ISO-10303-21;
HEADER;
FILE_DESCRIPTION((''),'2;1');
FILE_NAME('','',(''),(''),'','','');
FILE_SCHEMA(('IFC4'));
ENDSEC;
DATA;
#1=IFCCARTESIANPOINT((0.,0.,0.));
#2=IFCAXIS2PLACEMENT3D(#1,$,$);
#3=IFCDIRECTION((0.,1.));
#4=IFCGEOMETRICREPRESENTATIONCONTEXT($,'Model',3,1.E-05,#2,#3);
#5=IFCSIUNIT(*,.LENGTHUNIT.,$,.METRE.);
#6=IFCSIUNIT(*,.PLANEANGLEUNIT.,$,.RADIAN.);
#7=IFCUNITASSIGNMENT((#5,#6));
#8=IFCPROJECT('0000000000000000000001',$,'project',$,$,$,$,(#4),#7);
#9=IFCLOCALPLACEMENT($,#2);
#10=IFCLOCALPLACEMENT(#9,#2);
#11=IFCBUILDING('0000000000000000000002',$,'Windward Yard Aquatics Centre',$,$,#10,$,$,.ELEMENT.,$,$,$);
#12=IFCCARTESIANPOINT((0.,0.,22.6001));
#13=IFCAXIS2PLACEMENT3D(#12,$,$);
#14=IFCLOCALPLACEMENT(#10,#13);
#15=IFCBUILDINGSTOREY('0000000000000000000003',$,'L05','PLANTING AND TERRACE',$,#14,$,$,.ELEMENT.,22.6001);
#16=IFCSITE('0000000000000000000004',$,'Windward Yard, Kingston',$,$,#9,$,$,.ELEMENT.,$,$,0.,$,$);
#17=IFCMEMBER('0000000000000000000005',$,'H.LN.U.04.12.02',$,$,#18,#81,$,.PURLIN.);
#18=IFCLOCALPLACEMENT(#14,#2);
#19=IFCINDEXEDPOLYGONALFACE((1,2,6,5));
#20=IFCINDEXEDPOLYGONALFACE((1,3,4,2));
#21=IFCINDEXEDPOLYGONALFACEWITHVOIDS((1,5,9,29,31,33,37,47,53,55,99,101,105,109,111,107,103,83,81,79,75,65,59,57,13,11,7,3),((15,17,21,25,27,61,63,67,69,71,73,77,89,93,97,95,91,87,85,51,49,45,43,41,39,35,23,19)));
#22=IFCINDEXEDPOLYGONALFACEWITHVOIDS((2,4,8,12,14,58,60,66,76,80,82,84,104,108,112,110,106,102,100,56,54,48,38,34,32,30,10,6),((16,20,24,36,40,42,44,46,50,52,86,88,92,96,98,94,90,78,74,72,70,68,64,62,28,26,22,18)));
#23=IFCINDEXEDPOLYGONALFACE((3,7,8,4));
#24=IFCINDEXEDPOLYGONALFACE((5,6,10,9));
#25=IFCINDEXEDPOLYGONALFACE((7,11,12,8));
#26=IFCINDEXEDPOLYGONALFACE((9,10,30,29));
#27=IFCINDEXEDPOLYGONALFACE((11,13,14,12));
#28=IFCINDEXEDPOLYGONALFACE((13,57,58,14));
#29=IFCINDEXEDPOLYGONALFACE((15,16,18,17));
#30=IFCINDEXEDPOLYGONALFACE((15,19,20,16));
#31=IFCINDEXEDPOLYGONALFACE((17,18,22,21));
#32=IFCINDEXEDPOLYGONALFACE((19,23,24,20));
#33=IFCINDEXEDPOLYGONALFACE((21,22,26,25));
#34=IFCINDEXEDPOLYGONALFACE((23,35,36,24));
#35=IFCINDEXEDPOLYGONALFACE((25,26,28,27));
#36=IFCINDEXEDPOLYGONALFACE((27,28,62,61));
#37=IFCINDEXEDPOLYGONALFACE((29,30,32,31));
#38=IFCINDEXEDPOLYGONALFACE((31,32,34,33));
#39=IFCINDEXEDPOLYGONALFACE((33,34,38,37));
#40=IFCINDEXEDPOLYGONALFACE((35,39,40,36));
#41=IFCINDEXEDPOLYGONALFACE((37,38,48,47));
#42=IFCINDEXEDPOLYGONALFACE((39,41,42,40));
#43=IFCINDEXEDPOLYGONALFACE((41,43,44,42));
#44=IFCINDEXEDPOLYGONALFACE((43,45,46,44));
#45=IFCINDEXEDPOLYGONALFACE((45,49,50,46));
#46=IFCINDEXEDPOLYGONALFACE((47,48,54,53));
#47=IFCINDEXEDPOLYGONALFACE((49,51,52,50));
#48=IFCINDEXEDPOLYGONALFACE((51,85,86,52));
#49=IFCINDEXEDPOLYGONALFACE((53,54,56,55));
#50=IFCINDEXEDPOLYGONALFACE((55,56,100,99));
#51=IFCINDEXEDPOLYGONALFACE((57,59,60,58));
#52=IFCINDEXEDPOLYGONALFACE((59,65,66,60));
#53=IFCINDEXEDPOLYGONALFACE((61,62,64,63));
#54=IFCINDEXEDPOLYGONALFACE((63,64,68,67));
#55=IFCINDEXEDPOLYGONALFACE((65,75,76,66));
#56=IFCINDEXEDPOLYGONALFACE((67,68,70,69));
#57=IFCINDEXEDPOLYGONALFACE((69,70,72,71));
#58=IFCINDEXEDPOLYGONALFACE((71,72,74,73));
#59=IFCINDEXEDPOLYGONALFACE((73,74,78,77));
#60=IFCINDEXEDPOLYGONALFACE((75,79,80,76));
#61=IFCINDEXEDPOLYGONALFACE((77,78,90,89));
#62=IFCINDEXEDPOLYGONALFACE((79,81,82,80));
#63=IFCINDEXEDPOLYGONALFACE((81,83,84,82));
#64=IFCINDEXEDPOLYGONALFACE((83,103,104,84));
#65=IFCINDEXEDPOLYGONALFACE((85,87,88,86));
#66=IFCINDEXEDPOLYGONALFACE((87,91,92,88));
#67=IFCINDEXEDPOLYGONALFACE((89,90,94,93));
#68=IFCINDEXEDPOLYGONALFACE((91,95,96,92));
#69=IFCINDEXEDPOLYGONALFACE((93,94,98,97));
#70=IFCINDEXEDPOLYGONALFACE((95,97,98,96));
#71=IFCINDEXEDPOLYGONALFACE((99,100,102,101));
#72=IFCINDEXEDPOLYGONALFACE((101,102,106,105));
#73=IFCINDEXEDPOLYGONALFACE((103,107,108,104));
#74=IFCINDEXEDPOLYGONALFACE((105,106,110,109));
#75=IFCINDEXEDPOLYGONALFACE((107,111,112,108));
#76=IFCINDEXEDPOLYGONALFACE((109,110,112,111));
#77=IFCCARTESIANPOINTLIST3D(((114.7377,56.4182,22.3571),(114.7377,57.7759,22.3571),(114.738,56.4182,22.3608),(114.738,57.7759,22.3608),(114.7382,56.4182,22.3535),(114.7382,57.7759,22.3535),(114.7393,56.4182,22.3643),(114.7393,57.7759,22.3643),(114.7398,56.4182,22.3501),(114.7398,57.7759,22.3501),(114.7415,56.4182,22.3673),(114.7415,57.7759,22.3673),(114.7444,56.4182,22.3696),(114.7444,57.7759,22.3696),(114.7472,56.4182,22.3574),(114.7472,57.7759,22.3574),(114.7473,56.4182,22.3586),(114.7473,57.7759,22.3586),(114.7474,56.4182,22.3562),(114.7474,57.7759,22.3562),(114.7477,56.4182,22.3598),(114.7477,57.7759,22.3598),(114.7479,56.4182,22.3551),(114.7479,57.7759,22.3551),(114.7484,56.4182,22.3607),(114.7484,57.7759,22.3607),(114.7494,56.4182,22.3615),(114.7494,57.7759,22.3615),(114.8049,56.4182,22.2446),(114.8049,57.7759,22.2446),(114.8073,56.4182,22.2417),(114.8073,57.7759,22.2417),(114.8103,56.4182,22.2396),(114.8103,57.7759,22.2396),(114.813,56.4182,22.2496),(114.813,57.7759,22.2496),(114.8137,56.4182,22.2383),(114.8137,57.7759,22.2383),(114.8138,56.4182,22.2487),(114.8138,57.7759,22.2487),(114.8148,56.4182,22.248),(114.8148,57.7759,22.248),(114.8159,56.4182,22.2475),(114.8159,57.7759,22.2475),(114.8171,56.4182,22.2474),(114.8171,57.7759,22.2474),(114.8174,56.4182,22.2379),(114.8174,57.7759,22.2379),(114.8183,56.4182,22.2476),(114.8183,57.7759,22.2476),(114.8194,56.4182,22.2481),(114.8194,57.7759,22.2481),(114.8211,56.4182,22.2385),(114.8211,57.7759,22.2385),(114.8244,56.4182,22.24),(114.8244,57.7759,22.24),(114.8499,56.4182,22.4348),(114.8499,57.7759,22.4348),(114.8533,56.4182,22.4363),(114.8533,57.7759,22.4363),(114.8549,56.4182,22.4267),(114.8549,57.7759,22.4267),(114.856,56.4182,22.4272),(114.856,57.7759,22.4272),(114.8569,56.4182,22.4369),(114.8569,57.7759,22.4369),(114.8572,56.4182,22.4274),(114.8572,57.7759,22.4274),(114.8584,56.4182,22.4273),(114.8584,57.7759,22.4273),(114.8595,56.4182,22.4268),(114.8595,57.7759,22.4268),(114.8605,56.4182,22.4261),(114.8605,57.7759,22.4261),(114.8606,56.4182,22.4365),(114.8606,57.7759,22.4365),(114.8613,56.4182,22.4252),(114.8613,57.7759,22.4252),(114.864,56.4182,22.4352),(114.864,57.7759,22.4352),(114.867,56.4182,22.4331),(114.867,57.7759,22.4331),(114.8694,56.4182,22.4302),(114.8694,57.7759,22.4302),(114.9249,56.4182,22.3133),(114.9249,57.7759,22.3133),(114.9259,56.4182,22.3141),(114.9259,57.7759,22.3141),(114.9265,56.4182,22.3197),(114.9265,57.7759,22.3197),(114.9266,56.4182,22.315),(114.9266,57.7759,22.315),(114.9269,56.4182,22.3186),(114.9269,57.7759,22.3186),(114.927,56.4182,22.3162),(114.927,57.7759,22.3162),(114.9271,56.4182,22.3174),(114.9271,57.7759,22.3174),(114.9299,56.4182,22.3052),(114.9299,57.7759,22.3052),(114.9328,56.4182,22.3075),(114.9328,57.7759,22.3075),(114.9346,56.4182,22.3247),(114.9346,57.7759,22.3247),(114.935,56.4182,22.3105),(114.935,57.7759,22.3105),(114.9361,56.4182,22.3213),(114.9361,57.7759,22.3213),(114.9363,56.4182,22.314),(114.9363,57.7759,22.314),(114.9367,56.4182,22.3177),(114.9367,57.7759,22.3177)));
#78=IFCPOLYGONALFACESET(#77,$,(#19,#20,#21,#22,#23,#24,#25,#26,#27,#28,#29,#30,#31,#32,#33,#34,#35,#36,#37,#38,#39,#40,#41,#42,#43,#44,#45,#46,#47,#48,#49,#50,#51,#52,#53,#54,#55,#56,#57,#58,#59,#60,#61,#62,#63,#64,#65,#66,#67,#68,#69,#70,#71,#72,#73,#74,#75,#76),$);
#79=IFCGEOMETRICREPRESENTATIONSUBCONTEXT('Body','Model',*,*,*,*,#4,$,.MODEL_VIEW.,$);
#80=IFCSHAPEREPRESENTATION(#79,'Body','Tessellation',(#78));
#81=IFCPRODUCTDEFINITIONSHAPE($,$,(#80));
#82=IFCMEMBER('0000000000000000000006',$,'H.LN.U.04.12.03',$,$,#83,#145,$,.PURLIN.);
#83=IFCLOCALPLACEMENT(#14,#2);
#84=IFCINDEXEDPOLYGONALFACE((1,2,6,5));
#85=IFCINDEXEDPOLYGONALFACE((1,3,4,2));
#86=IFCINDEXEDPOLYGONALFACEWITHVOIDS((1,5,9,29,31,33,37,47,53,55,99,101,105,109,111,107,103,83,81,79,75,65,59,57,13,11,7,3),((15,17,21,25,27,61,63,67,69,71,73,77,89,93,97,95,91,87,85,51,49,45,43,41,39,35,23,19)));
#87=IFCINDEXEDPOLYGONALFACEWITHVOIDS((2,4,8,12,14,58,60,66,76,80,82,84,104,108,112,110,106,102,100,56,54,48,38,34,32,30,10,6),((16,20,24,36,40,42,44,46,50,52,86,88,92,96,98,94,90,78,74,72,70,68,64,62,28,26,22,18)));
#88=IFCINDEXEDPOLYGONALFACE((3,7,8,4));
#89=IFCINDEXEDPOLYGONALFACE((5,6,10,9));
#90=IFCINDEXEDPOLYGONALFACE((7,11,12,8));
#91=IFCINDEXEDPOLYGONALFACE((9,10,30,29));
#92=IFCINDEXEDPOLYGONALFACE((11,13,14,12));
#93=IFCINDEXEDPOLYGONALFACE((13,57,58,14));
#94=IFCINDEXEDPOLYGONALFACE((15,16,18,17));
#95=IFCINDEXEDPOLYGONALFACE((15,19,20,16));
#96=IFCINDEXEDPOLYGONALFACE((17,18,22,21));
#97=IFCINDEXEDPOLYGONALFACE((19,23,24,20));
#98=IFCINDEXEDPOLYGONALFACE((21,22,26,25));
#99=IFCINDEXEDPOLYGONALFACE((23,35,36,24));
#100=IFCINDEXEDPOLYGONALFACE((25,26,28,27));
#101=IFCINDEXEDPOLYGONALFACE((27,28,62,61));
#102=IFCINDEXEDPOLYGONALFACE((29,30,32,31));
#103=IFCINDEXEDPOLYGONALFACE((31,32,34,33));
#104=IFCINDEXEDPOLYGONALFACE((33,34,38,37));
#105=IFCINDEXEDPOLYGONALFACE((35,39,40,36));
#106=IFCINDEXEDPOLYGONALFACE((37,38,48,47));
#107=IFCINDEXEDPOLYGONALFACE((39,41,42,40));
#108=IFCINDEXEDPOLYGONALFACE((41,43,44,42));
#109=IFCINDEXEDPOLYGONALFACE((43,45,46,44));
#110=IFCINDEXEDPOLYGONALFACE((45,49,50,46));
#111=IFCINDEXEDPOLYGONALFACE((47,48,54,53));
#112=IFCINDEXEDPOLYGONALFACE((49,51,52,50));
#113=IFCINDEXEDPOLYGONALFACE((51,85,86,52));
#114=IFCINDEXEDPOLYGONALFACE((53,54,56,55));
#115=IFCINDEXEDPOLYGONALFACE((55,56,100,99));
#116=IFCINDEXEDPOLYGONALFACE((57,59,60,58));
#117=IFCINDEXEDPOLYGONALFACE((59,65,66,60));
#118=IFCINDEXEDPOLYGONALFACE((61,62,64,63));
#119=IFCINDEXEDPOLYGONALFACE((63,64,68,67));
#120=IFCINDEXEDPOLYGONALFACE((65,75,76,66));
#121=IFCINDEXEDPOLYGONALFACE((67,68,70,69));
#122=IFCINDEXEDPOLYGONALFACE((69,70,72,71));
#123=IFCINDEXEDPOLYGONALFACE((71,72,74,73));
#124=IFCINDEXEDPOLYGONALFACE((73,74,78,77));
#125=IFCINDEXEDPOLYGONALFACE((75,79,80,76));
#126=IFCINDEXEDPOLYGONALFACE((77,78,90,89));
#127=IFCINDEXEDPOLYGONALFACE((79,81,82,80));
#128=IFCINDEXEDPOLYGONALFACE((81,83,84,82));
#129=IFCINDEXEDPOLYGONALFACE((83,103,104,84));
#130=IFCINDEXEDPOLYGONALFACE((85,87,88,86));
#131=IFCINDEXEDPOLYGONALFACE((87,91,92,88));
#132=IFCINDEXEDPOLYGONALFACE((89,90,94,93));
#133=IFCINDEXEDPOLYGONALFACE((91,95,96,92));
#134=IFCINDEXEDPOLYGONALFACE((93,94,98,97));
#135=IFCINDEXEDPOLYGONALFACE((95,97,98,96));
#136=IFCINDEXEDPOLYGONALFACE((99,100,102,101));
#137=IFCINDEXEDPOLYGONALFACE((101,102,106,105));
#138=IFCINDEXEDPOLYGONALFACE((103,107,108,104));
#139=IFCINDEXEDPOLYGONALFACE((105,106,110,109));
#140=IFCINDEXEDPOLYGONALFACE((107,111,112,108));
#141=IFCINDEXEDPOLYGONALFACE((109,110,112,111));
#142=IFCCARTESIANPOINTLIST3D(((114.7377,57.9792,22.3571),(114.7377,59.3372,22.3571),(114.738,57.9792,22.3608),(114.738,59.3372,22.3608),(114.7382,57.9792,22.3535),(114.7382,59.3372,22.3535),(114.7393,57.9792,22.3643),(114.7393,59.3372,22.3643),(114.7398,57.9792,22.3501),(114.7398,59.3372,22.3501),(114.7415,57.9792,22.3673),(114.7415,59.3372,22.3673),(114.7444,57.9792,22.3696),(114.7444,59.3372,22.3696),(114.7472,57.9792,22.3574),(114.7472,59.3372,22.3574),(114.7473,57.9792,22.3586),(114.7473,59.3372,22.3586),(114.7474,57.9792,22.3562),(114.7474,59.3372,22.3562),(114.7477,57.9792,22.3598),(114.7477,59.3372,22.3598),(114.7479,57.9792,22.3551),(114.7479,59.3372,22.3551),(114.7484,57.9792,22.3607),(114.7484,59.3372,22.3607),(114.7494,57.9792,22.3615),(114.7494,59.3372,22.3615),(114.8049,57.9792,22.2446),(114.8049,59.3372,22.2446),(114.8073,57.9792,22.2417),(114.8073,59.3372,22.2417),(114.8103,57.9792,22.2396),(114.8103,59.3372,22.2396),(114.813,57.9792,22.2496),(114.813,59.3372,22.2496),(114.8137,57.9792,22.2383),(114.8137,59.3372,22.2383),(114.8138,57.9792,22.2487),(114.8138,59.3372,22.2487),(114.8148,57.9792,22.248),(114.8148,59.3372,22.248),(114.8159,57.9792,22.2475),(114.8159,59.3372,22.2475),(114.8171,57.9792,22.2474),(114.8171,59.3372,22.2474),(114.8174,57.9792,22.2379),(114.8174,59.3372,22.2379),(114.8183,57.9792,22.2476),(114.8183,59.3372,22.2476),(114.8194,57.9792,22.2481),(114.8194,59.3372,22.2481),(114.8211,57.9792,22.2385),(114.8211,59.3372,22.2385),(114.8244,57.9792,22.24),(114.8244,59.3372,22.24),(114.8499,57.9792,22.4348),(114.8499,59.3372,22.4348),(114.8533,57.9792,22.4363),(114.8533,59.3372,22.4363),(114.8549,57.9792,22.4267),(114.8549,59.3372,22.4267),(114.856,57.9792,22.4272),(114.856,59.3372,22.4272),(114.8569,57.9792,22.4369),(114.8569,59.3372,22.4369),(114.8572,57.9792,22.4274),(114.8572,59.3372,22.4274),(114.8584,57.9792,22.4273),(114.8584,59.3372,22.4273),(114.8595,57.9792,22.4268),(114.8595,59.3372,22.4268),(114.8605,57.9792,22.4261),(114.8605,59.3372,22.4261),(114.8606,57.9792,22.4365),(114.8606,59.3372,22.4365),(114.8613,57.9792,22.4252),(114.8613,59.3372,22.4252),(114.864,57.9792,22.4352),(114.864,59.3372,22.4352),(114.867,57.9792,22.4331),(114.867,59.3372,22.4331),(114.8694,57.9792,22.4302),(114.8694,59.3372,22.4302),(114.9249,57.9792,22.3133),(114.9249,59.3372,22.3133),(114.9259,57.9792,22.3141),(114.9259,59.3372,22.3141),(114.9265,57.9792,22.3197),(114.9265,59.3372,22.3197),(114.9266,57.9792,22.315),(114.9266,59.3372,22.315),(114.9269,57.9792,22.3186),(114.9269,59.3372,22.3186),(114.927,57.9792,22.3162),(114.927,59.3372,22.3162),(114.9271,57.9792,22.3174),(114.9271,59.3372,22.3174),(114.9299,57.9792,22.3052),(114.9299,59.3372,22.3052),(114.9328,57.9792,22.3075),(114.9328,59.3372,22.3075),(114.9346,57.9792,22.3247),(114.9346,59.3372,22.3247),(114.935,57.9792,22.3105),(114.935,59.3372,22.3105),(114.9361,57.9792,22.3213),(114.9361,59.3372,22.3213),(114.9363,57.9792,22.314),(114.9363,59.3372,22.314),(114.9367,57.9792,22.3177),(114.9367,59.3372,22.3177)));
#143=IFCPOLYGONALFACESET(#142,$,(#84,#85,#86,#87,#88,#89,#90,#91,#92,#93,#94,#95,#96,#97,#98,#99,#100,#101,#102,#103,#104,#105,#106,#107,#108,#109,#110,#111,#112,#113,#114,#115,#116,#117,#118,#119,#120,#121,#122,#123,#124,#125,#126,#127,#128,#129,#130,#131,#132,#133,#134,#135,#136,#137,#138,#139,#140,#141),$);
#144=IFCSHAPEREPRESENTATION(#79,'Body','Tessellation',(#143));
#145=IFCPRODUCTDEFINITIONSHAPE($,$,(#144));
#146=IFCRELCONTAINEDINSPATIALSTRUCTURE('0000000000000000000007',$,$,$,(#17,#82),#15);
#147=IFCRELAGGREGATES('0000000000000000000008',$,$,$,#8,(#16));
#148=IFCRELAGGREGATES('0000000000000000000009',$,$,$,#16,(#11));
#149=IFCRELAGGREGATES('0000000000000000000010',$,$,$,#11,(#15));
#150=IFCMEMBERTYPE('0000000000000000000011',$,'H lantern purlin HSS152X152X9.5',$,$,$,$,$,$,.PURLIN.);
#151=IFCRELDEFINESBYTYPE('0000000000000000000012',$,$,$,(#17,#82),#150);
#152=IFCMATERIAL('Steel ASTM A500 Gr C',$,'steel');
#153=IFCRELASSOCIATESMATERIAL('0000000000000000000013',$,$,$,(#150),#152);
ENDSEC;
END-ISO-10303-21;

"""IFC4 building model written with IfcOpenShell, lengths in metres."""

from ifc_helpers import new_model, si_unit, direction, frame, origin, origin_2d, place, context, subcontext, project, spatial, hollow_rectangle, extrude, material, material_profile, profile_set, type_object, element, save


model = new_model("IFC4")

# Units and contexts
model_context = context("Model", 3, precision=1e-05, world=origin(), true_north=direction((0.0, 1.0)))
body_context = subcontext(model_context, "Body", "Model", "MODEL_VIEW")
ifc_project = project(units=[si_unit("LENGTHUNIT", "METRE"), si_unit("PLANEANGLEUNIT", "RADIAN")], contexts=[model_context])

# Site, building, storey
site_placement = place(None, origin())
site = spatial("IfcSite", under=ifc_project, at=site_placement, Name="Windward Yard, Kingston", CompositionType="ELEMENT", RefElevation=0.0)
building_placement = place(site_placement, origin())
building = spatial("IfcBuilding", under=site, at=building_placement, Name="Windward Yard Aquatics Centre", CompositionType="ELEMENT")
storey_placement = place(building_placement, frame((0.0, 0.0, 22.6001)))
storey = spatial("IfcBuildingStorey", under=building, at=storey_placement, Name="L05", Description="PLANTING AND TERRACE", CompositionType="ELEMENT", Elevation=22.6001)

# Members
ifc_material_1 = material(Name="Steel ASTM A500 Gr C", Category="steel")
ifc_material_profile = material_profile(ifc_material_1, hollow_rectangle(XDim=0.1523, YDim=0.1523, WallThickness=0.0095, InnerFilletRadius=0.0046, OuterFilletRadius=0.0142, at=origin_2d()), Name="HSS152X152X9.5")
ifc_profile_set = profile_set([ifc_material_profile], Name="Steel ASTM A500 Gr C")
member_type = type_object("IfcMemberType", Name="H lantern purlin HSS152X152X9.5", PredefinedType="PURLIN", material=ifc_profile_set)
member_1_placement = place(storey_placement, frame((114.8372, 56.4182, 22.3374), z_axis=(0.0, 1.0, 0.0), x_axis=(-0.850755, 0.0, -0.525562)))
element("IfcMember", 1, at=member_1_placement, inside=storey, type_object=member_type, Name="H.LN.U.04.12.02", PredefinedType="PURLIN", context=body_context, shape_type="SweptSolid", body=[
    extrude(hollow_rectangle(XDim=0.1523, YDim=0.1523, WallThickness=0.0095, InnerFilletRadius=0.0046, OuterFilletRadius=0.0142, at=origin_2d()), origin(), (0.0, 0.0, 1.0), 1.3577),
])
member_2_placement = place(storey_placement, frame((114.8372, 57.9792, 22.3374), z_axis=(0.0, 1.0, 0.0), x_axis=(-0.850755, 0.0, -0.525562)))
element("IfcMember", 2, at=member_2_placement, inside=storey, type_object=member_type, Name="H.LN.U.04.12.03", PredefinedType="PURLIN", context=body_context, shape_type="SweptSolid", body=[
    extrude(hollow_rectangle(XDim=0.1523, YDim=0.1523, WallThickness=0.0095, InnerFilletRadius=0.0046, OuterFilletRadius=0.0142, at=origin_2d()), origin(), (0.0, 0.0, 1.0), 1.3579),
])

save(model, "model.ifc")
